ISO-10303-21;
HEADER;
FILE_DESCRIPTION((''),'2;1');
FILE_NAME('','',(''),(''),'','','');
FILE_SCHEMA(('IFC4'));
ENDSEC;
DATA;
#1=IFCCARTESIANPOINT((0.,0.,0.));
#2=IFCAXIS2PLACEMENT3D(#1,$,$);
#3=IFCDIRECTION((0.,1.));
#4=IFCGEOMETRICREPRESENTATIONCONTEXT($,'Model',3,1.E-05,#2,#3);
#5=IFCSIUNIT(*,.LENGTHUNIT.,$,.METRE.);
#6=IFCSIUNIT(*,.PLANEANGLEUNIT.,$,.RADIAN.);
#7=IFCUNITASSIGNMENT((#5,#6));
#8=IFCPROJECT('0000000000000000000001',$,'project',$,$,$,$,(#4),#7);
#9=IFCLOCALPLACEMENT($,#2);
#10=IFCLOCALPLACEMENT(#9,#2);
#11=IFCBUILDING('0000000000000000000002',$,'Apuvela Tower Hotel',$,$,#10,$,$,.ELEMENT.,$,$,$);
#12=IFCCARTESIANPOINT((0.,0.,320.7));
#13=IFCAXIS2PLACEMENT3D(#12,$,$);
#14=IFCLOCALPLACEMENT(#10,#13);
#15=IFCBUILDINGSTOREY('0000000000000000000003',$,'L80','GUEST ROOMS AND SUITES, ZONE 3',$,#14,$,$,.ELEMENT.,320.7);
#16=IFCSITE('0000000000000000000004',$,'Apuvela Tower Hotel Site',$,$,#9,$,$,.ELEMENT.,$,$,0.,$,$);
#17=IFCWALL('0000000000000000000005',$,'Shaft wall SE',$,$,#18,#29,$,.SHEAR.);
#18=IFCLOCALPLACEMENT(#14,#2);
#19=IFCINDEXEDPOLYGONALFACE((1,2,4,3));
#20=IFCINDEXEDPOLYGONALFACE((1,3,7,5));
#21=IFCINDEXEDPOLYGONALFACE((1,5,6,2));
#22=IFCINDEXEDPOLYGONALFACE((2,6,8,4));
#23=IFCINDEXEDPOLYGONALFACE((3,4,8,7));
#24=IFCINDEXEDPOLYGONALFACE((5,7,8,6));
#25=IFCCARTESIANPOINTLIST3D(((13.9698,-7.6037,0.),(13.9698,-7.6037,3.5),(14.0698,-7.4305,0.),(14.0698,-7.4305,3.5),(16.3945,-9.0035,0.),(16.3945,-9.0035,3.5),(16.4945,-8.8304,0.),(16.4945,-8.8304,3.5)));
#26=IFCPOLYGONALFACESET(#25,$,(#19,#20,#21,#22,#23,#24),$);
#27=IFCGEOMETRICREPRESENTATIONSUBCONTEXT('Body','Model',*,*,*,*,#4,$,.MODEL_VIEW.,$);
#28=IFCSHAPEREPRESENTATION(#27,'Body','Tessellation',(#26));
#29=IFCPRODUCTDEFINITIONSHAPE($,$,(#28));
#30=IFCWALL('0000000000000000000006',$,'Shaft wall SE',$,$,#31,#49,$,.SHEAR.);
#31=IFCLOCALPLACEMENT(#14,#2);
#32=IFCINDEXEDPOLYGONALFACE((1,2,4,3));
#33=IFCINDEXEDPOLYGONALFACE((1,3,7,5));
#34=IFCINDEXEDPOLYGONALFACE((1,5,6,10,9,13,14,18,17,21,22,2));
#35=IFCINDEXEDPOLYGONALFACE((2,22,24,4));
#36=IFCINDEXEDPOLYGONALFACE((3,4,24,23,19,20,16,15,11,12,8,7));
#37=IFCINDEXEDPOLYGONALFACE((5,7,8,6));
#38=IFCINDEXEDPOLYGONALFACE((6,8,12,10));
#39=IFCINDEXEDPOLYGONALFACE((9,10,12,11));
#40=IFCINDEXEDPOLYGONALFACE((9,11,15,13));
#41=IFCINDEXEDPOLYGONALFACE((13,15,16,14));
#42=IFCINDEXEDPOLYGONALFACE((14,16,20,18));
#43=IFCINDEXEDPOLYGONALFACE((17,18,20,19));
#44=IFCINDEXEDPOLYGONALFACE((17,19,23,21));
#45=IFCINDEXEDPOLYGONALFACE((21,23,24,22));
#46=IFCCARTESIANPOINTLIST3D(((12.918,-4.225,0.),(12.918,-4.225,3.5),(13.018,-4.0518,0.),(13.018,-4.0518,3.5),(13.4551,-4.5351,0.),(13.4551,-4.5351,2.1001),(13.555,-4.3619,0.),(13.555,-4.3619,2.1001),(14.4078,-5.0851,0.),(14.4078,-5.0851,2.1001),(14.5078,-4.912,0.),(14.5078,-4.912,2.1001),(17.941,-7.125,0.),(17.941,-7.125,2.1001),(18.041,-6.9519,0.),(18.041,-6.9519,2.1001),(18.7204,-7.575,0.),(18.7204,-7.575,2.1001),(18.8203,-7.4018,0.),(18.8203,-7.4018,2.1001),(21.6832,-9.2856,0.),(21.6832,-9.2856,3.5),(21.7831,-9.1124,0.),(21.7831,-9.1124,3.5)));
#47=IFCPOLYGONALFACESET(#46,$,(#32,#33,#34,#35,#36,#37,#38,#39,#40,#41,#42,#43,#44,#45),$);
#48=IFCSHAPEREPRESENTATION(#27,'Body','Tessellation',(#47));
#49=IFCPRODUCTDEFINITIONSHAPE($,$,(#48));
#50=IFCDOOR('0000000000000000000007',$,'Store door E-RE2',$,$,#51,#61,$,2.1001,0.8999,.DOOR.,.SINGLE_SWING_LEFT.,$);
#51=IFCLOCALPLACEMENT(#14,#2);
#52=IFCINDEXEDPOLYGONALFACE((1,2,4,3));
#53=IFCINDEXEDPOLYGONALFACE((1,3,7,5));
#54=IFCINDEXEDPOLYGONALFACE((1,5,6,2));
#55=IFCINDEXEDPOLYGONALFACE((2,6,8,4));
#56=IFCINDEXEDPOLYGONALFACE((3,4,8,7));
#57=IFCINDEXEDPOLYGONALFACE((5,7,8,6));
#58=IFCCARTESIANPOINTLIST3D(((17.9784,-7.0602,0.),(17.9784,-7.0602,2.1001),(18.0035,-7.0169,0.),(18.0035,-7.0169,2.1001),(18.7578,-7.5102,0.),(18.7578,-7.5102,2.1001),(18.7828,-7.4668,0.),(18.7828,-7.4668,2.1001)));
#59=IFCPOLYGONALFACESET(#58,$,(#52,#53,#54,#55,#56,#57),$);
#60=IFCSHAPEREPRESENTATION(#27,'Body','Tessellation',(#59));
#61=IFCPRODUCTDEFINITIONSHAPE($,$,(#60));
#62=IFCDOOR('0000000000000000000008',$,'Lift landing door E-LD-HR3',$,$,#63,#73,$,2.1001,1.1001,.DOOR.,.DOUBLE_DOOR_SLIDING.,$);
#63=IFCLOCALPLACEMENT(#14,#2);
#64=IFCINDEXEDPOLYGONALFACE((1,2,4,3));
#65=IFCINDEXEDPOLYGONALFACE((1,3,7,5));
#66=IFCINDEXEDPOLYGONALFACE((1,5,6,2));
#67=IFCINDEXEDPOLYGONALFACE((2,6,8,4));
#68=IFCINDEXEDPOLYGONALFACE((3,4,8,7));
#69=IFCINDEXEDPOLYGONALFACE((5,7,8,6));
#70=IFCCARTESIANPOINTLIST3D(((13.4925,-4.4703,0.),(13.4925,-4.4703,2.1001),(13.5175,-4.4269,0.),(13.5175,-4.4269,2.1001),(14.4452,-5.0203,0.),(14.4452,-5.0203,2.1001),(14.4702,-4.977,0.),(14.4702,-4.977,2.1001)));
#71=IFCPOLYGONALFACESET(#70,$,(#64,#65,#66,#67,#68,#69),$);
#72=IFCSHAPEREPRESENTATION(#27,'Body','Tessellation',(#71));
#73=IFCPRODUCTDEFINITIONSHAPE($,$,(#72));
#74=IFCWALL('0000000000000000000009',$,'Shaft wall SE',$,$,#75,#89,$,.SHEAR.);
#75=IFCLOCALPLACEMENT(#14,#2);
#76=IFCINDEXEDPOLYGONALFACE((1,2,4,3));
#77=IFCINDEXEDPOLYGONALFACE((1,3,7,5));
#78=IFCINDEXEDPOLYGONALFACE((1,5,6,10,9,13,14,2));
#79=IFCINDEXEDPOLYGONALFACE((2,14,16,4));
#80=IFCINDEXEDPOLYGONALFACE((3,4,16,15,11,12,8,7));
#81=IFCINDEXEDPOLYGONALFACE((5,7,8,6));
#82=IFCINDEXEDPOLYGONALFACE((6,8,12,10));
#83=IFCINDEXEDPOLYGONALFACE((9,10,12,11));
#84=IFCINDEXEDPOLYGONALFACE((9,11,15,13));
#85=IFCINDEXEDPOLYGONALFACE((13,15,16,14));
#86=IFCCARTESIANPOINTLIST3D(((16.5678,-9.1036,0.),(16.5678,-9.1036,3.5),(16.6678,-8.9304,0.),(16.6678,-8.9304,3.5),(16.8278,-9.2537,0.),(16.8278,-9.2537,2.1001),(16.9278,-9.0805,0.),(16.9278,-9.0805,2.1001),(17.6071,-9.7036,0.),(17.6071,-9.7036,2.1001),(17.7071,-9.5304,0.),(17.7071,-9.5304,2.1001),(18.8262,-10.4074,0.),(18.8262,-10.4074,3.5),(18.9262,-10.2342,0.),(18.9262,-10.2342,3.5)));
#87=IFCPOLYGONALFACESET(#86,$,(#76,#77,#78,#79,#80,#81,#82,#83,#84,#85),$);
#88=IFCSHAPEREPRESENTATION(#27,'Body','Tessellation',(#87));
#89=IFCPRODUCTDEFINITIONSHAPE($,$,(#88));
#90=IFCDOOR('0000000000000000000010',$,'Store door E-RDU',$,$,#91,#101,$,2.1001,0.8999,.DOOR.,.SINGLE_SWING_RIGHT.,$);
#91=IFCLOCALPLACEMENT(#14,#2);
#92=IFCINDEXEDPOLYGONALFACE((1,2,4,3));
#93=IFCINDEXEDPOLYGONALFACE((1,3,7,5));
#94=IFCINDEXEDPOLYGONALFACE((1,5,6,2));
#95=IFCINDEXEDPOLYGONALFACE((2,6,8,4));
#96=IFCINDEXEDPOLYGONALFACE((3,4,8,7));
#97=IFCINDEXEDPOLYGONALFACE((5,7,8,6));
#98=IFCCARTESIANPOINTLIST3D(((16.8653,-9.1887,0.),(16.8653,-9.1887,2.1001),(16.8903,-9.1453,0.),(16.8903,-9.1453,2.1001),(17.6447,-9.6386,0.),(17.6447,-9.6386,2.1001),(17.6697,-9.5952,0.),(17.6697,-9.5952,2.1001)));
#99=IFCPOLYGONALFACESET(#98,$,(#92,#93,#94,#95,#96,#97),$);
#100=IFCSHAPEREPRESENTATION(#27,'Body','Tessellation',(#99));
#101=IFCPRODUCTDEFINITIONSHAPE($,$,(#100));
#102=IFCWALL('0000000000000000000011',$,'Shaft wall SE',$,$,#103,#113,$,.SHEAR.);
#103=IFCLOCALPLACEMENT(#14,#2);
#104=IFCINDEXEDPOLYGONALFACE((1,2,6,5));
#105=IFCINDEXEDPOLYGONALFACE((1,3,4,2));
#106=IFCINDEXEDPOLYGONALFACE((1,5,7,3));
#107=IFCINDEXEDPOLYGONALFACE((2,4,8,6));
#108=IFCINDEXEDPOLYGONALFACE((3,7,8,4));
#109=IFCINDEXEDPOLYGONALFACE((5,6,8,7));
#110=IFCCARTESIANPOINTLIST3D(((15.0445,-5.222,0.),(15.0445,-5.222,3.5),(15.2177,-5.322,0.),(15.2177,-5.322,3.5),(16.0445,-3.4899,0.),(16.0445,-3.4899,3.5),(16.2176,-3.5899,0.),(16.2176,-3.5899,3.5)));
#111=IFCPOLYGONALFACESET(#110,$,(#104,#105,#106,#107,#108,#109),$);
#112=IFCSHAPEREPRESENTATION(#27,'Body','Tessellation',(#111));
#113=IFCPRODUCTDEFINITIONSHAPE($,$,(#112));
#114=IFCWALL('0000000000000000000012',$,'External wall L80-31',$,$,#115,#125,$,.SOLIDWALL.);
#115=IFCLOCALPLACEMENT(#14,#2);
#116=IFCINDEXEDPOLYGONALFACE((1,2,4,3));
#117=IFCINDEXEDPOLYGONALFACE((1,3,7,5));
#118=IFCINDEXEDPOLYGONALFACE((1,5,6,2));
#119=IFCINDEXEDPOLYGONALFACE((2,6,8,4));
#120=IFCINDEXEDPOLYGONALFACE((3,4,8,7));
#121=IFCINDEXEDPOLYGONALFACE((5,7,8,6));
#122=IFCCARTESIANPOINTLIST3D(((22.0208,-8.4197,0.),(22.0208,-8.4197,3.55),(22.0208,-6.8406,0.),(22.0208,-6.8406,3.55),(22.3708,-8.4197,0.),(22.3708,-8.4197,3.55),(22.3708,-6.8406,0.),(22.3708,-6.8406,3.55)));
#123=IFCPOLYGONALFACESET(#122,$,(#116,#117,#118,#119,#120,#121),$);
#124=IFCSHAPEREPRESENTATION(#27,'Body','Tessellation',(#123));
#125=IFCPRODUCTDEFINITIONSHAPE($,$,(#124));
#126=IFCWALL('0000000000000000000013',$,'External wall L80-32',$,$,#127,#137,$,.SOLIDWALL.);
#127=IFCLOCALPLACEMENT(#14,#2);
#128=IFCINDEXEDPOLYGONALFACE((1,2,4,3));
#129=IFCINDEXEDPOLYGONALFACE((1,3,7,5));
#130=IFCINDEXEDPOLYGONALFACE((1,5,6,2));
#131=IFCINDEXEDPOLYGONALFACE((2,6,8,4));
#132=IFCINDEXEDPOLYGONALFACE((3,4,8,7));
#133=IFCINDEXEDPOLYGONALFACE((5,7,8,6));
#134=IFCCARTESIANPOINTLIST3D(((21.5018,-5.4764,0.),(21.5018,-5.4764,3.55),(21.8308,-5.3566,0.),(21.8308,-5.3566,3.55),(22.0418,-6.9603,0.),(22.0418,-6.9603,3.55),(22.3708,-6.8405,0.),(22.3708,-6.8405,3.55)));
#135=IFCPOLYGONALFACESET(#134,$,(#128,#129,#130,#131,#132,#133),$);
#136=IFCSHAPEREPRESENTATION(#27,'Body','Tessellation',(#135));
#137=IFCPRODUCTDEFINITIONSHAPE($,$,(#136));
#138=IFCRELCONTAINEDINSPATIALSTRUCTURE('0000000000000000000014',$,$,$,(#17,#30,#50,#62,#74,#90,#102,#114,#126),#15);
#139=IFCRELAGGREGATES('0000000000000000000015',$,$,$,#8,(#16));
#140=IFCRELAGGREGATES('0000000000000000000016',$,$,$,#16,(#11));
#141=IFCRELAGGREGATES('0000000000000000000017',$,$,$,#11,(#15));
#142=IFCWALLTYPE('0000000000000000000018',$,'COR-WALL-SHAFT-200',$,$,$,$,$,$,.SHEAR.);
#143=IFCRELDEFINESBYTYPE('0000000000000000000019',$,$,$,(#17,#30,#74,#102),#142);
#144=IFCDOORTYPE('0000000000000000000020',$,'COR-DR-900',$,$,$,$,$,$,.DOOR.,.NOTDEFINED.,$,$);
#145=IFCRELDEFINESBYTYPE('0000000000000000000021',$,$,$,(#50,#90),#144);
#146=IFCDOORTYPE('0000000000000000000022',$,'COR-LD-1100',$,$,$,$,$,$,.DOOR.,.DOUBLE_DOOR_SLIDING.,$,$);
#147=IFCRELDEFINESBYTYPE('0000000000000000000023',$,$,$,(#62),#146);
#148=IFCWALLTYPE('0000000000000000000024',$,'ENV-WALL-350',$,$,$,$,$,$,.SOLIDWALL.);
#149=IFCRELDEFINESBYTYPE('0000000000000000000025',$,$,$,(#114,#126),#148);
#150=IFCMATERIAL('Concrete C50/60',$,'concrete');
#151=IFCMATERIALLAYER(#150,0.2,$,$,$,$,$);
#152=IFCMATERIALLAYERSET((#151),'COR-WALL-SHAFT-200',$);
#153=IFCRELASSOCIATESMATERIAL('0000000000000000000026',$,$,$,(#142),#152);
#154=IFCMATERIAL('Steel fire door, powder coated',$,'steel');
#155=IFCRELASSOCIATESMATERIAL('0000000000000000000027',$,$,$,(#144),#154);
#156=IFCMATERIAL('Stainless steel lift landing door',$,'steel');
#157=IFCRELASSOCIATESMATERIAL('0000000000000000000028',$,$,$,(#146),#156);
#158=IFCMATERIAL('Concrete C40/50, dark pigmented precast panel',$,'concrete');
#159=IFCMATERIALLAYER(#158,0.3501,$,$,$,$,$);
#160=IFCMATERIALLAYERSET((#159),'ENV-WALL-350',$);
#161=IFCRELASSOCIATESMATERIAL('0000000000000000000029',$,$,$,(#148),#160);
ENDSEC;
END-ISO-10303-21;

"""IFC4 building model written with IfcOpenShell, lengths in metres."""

from ifc_helpers import new_model, si_unit, direction, frame, frame_2d, origin, place, context, subcontext, project, spatial, rectangle, extrude, material, layer, layer_set, type_object, element, fill, save


model = new_model("IFC4")

# Units and contexts
model_context = context("Model", 3, precision=1e-05, world=origin(), true_north=direction((0.0, 1.0)))
body_context = subcontext(model_context, "Body", "Model", "MODEL_VIEW")
ifc_project = project(units=[si_unit("LENGTHUNIT", "METRE"), si_unit("PLANEANGLEUNIT", "RADIAN")], contexts=[model_context])

# Site, building, storey
site_placement = place(None, origin())
site = spatial("IfcSite", under=ifc_project, at=site_placement, Name="Apuvela Tower Hotel Site", CompositionType="ELEMENT", RefElevation=0.0)
building_placement = place(site_placement, origin())
building = spatial("IfcBuilding", under=site, at=building_placement, Name="Apuvela Tower Hotel", CompositionType="ELEMENT")
storey_placement = place(building_placement, frame((0.0, 0.0, 320.7)))
storey = spatial("IfcBuildingStorey", under=building, at=storey_placement, Name="L80", Description="GUEST ROOMS AND SUITES, ZONE 3", CompositionType="ELEMENT", Elevation=320.7)

# Shared definitions
ifc_material_1 = material(Name="Concrete C50/60", Category="concrete")

# Shared definitions
ifc_layer_1 = layer(ifc_material_1, 0.2)
ifc_layer_set_1 = layer_set([ifc_layer_1], Name="COR-WALL-SHAFT-200")
wall_type_1 = type_object("IfcWallType", Name="COR-WALL-SHAFT-200", PredefinedType="SHEAR", material=ifc_layer_set_1)
ifc_material_2 = material(Name="Stainless steel lift landing door", Category="steel")

# Wall
wall_1_placement = place(storey_placement, frame((14.0198, -7.5171, 0.0), z_axis=(0.0, 0.0, 1.0), x_axis=(0.866035, -0.499984, 0.0)))
element("IfcWall", 1, at=wall_1_placement, inside=storey, type_object=wall_type_1, Name="Shaft wall SE", PredefinedType="SHEAR", context=body_context, shape_type="SweptSolid", body=[
    extrude(rectangle(XDim=2.7998, YDim=0.2, at=frame_2d((1.3999, 0.0))), origin(), (0.0, 0.0, 1.0), 3.5),
])

# Wall, openings, doors
wall_2_placement = place(storey_placement, frame((12.968, -4.1384, 0.0), z_axis=(0.0, 0.0, 1.0), x_axis=(0.866026, -0.499999, 0.0)))
wall_2 = element("IfcWall", 2, at=wall_2_placement, inside=storey, type_object=wall_type_1, Name="Shaft wall SE", PredefinedType="SHEAR", context=body_context, shape_type="SweptSolid", body=[
    extrude(rectangle(XDim=10.1211, YDim=0.2, at=frame_2d((5.0605, 0.0))), origin(), (0.0, 0.0, 1.0), 3.5),
])
opening_1_placement = place(wall_2_placement, frame((0.6201, 0.0, 0.0)))
opening_1 = element("IfcOpeningElement", 3, at=opening_1_placement, cuts=wall_2, PredefinedType="OPENING", context=body_context, shape_type="SweptSolid", body=[
    extrude(rectangle(XDim=1.1001, YDim=2.1001, at=frame_2d((0.55, 1.05))), frame((0.0, 0.1099, 0.0), z_axis=(0.0, -1.0, 0.0), x_axis=(1.0, 0.0, 0.0)), (0.0, 0.0, 1.0), 0.22),
])
opening_2_placement = place(wall_2_placement, frame((5.8, 0.0, 0.0)))
opening_2 = element("IfcOpeningElement", 4, at=opening_2_placement, cuts=wall_2, PredefinedType="OPENING", context=body_context, shape_type="SweptSolid", body=[
    extrude(rectangle(XDim=0.8999, YDim=2.1001, at=frame_2d((0.45, 1.05))), frame((0.0, 0.1099, 0.0), z_axis=(0.0, -1.0, 0.0), x_axis=(1.0, 0.0, 0.0)), (0.0, 0.0, 1.0), 0.22),
])
ifc_material_3 = material(Name="Steel fire door, powder coated", Category="steel")
door_type_1 = type_object("IfcDoorType", Name="COR-DR-900", OperationType="NOTDEFINED", PredefinedType="DOOR", material=ifc_material_3)
door_1_placement = place(opening_2_placement, origin())
door_1 = element("IfcDoor", 5, at=door_1_placement, inside=storey, type_object=door_type_1, Name="Store door E-RE2", OperationType="SINGLE_SWING_LEFT", OverallHeight=2.1001, OverallWidth=0.8999, PredefinedType="DOOR", context=body_context, shape_type="SweptSolid", body=[
    extrude(rectangle(XDim=0.8999, YDim=2.1001, at=frame_2d((0.45, 1.05))), frame((0.0, 0.0249, 0.0), z_axis=(0.0, -1.0, 0.0), x_axis=(1.0, 0.0, 0.0)), (0.0, 0.0, 1.0), 0.05),
])
fill(opening_2, door_1)
door_type_2 = type_object("IfcDoorType", Name="COR-LD-1100", OperationType="DOUBLE_DOOR_SLIDING", PredefinedType="DOOR", material=ifc_material_2)
door_2_placement = place(opening_1_placement, origin())
door_2 = element("IfcDoor", 6, at=door_2_placement, inside=storey, type_object=door_type_2, Name="Lift landing door E-LD-HR3", OperationType="DOUBLE_DOOR_SLIDING", OverallHeight=2.1001, OverallWidth=1.1001, PredefinedType="DOOR", context=body_context, shape_type="SweptSolid", body=[
    extrude(rectangle(XDim=1.1001, YDim=2.1001, at=frame_2d((0.55, 1.05))), frame((0.0, 0.0249, 0.0), z_axis=(0.0, -1.0, 0.0), x_axis=(1.0, 0.0, 0.0)), (0.0, 0.0, 1.0), 0.05),
])
fill(opening_1, door_2)

# Wall, opening, door
wall_3_placement = place(storey_placement, frame((16.6179, -9.0171, 0.0), z_axis=(0.0, 0.0, 1.0), x_axis=(0.866045, -0.499966, 0.0)))
wall_3 = element("IfcWall", 7, at=wall_3_placement, inside=storey, type_object=wall_type_1, Name="Shaft wall SE", PredefinedType="SHEAR", context=body_context, shape_type="SweptSolid", body=[
    extrude(rectangle(XDim=2.6077, YDim=0.2, at=frame_2d((1.3037, 0.0))), origin(), (0.0, 0.0, 1.0), 3.5),
])
opening_3_placement = place(wall_3_placement, frame((0.3, 0.0, 0.0)))
opening_3 = element("IfcOpeningElement", 8, at=opening_3_placement, cuts=wall_3, PredefinedType="OPENING", context=body_context, shape_type="SweptSolid", body=[
    extrude(rectangle(XDim=0.8999, YDim=2.1001, at=frame_2d((0.45, 1.05))), frame((0.0, 0.1099, 0.0), z_axis=(0.0, -1.0, 0.0), x_axis=(1.0, 0.0, 0.0)), (0.0, 0.0, 1.0), 0.22),
])
door_3_placement = place(opening_3_placement, frame((0.8999, 0.0, 0.0), z_axis=(0.0, 0.0, 1.0), x_axis=(-1.0, 0.0, 0.0)))
door_3 = element("IfcDoor", 9, at=door_3_placement, inside=storey, type_object=door_type_1, Name="Store door E-RDU", OperationType="SINGLE_SWING_RIGHT", OverallHeight=2.1001, OverallWidth=0.8999, PredefinedType="DOOR", context=body_context, shape_type="SweptSolid", body=[
    extrude(rectangle(XDim=0.8999, YDim=2.1001, at=frame_2d((0.45, 1.05))), frame((0.0, 0.0249, 0.0), z_axis=(0.0, -1.0, 0.0), x_axis=(1.0, 0.0, 0.0)), (0.0, 0.0, 1.0), 0.05),
])
fill(opening_3, door_3)

# Walls
wall_4_placement = place(storey_placement, frame((15.1311, -5.272, 0.0), z_axis=(0.0, 0.0, 1.0), x_axis=(0.499973, 0.866041, 0.0)))
element("IfcWall", 10, at=wall_4_placement, inside=storey, type_object=wall_type_1, Name="Shaft wall SE", PredefinedType="SHEAR", context=body_context, shape_type="SweptSolid", body=[
    extrude(rectangle(XDim=2.0, YDim=0.2, at=frame_2d((1.0, 0.0))), origin(), (0.0, 0.0, 1.0), 3.5),
])
ifc_material_4 = material(Name="Concrete C40/50, dark pigmented precast panel", Category="concrete")
ifc_layer_2 = layer(ifc_material_4, 0.3501)
ifc_layer_set_2 = layer_set([ifc_layer_2], Name="ENV-WALL-350")
wall_type_2 = type_object("IfcWallType", Name="ENV-WALL-350", PredefinedType="SOLIDWALL", material=ifc_layer_set_2)
for number, where, z_axis, x_axis, name in (
    (11, (22.1958, -8.4197, 0.0), (0.0, 0.0, 1.0), (0.0, 1.0, 0.0), "External wall L80-31"),
    (12, (22.2063, -6.9004, 0.0), (0.0, 0.0, 1.0), (-0.341991, 0.939703, 0.0), "External wall L80-32"),
):
    element("IfcWall", number, at=place(storey_placement, frame(where, z_axis=z_axis, x_axis=x_axis)), inside=storey, type_object=wall_type_2, Name=name, PredefinedType="SOLIDWALL", context=body_context, shape_type="SweptSolid", body=[
        extrude(rectangle(XDim=1.5791, YDim=0.3501, at=frame_2d((0.7896, 0.0))), origin(), (0.0, 0.0, 1.0), 3.55),
    ])

save(model, "model.ifc")
